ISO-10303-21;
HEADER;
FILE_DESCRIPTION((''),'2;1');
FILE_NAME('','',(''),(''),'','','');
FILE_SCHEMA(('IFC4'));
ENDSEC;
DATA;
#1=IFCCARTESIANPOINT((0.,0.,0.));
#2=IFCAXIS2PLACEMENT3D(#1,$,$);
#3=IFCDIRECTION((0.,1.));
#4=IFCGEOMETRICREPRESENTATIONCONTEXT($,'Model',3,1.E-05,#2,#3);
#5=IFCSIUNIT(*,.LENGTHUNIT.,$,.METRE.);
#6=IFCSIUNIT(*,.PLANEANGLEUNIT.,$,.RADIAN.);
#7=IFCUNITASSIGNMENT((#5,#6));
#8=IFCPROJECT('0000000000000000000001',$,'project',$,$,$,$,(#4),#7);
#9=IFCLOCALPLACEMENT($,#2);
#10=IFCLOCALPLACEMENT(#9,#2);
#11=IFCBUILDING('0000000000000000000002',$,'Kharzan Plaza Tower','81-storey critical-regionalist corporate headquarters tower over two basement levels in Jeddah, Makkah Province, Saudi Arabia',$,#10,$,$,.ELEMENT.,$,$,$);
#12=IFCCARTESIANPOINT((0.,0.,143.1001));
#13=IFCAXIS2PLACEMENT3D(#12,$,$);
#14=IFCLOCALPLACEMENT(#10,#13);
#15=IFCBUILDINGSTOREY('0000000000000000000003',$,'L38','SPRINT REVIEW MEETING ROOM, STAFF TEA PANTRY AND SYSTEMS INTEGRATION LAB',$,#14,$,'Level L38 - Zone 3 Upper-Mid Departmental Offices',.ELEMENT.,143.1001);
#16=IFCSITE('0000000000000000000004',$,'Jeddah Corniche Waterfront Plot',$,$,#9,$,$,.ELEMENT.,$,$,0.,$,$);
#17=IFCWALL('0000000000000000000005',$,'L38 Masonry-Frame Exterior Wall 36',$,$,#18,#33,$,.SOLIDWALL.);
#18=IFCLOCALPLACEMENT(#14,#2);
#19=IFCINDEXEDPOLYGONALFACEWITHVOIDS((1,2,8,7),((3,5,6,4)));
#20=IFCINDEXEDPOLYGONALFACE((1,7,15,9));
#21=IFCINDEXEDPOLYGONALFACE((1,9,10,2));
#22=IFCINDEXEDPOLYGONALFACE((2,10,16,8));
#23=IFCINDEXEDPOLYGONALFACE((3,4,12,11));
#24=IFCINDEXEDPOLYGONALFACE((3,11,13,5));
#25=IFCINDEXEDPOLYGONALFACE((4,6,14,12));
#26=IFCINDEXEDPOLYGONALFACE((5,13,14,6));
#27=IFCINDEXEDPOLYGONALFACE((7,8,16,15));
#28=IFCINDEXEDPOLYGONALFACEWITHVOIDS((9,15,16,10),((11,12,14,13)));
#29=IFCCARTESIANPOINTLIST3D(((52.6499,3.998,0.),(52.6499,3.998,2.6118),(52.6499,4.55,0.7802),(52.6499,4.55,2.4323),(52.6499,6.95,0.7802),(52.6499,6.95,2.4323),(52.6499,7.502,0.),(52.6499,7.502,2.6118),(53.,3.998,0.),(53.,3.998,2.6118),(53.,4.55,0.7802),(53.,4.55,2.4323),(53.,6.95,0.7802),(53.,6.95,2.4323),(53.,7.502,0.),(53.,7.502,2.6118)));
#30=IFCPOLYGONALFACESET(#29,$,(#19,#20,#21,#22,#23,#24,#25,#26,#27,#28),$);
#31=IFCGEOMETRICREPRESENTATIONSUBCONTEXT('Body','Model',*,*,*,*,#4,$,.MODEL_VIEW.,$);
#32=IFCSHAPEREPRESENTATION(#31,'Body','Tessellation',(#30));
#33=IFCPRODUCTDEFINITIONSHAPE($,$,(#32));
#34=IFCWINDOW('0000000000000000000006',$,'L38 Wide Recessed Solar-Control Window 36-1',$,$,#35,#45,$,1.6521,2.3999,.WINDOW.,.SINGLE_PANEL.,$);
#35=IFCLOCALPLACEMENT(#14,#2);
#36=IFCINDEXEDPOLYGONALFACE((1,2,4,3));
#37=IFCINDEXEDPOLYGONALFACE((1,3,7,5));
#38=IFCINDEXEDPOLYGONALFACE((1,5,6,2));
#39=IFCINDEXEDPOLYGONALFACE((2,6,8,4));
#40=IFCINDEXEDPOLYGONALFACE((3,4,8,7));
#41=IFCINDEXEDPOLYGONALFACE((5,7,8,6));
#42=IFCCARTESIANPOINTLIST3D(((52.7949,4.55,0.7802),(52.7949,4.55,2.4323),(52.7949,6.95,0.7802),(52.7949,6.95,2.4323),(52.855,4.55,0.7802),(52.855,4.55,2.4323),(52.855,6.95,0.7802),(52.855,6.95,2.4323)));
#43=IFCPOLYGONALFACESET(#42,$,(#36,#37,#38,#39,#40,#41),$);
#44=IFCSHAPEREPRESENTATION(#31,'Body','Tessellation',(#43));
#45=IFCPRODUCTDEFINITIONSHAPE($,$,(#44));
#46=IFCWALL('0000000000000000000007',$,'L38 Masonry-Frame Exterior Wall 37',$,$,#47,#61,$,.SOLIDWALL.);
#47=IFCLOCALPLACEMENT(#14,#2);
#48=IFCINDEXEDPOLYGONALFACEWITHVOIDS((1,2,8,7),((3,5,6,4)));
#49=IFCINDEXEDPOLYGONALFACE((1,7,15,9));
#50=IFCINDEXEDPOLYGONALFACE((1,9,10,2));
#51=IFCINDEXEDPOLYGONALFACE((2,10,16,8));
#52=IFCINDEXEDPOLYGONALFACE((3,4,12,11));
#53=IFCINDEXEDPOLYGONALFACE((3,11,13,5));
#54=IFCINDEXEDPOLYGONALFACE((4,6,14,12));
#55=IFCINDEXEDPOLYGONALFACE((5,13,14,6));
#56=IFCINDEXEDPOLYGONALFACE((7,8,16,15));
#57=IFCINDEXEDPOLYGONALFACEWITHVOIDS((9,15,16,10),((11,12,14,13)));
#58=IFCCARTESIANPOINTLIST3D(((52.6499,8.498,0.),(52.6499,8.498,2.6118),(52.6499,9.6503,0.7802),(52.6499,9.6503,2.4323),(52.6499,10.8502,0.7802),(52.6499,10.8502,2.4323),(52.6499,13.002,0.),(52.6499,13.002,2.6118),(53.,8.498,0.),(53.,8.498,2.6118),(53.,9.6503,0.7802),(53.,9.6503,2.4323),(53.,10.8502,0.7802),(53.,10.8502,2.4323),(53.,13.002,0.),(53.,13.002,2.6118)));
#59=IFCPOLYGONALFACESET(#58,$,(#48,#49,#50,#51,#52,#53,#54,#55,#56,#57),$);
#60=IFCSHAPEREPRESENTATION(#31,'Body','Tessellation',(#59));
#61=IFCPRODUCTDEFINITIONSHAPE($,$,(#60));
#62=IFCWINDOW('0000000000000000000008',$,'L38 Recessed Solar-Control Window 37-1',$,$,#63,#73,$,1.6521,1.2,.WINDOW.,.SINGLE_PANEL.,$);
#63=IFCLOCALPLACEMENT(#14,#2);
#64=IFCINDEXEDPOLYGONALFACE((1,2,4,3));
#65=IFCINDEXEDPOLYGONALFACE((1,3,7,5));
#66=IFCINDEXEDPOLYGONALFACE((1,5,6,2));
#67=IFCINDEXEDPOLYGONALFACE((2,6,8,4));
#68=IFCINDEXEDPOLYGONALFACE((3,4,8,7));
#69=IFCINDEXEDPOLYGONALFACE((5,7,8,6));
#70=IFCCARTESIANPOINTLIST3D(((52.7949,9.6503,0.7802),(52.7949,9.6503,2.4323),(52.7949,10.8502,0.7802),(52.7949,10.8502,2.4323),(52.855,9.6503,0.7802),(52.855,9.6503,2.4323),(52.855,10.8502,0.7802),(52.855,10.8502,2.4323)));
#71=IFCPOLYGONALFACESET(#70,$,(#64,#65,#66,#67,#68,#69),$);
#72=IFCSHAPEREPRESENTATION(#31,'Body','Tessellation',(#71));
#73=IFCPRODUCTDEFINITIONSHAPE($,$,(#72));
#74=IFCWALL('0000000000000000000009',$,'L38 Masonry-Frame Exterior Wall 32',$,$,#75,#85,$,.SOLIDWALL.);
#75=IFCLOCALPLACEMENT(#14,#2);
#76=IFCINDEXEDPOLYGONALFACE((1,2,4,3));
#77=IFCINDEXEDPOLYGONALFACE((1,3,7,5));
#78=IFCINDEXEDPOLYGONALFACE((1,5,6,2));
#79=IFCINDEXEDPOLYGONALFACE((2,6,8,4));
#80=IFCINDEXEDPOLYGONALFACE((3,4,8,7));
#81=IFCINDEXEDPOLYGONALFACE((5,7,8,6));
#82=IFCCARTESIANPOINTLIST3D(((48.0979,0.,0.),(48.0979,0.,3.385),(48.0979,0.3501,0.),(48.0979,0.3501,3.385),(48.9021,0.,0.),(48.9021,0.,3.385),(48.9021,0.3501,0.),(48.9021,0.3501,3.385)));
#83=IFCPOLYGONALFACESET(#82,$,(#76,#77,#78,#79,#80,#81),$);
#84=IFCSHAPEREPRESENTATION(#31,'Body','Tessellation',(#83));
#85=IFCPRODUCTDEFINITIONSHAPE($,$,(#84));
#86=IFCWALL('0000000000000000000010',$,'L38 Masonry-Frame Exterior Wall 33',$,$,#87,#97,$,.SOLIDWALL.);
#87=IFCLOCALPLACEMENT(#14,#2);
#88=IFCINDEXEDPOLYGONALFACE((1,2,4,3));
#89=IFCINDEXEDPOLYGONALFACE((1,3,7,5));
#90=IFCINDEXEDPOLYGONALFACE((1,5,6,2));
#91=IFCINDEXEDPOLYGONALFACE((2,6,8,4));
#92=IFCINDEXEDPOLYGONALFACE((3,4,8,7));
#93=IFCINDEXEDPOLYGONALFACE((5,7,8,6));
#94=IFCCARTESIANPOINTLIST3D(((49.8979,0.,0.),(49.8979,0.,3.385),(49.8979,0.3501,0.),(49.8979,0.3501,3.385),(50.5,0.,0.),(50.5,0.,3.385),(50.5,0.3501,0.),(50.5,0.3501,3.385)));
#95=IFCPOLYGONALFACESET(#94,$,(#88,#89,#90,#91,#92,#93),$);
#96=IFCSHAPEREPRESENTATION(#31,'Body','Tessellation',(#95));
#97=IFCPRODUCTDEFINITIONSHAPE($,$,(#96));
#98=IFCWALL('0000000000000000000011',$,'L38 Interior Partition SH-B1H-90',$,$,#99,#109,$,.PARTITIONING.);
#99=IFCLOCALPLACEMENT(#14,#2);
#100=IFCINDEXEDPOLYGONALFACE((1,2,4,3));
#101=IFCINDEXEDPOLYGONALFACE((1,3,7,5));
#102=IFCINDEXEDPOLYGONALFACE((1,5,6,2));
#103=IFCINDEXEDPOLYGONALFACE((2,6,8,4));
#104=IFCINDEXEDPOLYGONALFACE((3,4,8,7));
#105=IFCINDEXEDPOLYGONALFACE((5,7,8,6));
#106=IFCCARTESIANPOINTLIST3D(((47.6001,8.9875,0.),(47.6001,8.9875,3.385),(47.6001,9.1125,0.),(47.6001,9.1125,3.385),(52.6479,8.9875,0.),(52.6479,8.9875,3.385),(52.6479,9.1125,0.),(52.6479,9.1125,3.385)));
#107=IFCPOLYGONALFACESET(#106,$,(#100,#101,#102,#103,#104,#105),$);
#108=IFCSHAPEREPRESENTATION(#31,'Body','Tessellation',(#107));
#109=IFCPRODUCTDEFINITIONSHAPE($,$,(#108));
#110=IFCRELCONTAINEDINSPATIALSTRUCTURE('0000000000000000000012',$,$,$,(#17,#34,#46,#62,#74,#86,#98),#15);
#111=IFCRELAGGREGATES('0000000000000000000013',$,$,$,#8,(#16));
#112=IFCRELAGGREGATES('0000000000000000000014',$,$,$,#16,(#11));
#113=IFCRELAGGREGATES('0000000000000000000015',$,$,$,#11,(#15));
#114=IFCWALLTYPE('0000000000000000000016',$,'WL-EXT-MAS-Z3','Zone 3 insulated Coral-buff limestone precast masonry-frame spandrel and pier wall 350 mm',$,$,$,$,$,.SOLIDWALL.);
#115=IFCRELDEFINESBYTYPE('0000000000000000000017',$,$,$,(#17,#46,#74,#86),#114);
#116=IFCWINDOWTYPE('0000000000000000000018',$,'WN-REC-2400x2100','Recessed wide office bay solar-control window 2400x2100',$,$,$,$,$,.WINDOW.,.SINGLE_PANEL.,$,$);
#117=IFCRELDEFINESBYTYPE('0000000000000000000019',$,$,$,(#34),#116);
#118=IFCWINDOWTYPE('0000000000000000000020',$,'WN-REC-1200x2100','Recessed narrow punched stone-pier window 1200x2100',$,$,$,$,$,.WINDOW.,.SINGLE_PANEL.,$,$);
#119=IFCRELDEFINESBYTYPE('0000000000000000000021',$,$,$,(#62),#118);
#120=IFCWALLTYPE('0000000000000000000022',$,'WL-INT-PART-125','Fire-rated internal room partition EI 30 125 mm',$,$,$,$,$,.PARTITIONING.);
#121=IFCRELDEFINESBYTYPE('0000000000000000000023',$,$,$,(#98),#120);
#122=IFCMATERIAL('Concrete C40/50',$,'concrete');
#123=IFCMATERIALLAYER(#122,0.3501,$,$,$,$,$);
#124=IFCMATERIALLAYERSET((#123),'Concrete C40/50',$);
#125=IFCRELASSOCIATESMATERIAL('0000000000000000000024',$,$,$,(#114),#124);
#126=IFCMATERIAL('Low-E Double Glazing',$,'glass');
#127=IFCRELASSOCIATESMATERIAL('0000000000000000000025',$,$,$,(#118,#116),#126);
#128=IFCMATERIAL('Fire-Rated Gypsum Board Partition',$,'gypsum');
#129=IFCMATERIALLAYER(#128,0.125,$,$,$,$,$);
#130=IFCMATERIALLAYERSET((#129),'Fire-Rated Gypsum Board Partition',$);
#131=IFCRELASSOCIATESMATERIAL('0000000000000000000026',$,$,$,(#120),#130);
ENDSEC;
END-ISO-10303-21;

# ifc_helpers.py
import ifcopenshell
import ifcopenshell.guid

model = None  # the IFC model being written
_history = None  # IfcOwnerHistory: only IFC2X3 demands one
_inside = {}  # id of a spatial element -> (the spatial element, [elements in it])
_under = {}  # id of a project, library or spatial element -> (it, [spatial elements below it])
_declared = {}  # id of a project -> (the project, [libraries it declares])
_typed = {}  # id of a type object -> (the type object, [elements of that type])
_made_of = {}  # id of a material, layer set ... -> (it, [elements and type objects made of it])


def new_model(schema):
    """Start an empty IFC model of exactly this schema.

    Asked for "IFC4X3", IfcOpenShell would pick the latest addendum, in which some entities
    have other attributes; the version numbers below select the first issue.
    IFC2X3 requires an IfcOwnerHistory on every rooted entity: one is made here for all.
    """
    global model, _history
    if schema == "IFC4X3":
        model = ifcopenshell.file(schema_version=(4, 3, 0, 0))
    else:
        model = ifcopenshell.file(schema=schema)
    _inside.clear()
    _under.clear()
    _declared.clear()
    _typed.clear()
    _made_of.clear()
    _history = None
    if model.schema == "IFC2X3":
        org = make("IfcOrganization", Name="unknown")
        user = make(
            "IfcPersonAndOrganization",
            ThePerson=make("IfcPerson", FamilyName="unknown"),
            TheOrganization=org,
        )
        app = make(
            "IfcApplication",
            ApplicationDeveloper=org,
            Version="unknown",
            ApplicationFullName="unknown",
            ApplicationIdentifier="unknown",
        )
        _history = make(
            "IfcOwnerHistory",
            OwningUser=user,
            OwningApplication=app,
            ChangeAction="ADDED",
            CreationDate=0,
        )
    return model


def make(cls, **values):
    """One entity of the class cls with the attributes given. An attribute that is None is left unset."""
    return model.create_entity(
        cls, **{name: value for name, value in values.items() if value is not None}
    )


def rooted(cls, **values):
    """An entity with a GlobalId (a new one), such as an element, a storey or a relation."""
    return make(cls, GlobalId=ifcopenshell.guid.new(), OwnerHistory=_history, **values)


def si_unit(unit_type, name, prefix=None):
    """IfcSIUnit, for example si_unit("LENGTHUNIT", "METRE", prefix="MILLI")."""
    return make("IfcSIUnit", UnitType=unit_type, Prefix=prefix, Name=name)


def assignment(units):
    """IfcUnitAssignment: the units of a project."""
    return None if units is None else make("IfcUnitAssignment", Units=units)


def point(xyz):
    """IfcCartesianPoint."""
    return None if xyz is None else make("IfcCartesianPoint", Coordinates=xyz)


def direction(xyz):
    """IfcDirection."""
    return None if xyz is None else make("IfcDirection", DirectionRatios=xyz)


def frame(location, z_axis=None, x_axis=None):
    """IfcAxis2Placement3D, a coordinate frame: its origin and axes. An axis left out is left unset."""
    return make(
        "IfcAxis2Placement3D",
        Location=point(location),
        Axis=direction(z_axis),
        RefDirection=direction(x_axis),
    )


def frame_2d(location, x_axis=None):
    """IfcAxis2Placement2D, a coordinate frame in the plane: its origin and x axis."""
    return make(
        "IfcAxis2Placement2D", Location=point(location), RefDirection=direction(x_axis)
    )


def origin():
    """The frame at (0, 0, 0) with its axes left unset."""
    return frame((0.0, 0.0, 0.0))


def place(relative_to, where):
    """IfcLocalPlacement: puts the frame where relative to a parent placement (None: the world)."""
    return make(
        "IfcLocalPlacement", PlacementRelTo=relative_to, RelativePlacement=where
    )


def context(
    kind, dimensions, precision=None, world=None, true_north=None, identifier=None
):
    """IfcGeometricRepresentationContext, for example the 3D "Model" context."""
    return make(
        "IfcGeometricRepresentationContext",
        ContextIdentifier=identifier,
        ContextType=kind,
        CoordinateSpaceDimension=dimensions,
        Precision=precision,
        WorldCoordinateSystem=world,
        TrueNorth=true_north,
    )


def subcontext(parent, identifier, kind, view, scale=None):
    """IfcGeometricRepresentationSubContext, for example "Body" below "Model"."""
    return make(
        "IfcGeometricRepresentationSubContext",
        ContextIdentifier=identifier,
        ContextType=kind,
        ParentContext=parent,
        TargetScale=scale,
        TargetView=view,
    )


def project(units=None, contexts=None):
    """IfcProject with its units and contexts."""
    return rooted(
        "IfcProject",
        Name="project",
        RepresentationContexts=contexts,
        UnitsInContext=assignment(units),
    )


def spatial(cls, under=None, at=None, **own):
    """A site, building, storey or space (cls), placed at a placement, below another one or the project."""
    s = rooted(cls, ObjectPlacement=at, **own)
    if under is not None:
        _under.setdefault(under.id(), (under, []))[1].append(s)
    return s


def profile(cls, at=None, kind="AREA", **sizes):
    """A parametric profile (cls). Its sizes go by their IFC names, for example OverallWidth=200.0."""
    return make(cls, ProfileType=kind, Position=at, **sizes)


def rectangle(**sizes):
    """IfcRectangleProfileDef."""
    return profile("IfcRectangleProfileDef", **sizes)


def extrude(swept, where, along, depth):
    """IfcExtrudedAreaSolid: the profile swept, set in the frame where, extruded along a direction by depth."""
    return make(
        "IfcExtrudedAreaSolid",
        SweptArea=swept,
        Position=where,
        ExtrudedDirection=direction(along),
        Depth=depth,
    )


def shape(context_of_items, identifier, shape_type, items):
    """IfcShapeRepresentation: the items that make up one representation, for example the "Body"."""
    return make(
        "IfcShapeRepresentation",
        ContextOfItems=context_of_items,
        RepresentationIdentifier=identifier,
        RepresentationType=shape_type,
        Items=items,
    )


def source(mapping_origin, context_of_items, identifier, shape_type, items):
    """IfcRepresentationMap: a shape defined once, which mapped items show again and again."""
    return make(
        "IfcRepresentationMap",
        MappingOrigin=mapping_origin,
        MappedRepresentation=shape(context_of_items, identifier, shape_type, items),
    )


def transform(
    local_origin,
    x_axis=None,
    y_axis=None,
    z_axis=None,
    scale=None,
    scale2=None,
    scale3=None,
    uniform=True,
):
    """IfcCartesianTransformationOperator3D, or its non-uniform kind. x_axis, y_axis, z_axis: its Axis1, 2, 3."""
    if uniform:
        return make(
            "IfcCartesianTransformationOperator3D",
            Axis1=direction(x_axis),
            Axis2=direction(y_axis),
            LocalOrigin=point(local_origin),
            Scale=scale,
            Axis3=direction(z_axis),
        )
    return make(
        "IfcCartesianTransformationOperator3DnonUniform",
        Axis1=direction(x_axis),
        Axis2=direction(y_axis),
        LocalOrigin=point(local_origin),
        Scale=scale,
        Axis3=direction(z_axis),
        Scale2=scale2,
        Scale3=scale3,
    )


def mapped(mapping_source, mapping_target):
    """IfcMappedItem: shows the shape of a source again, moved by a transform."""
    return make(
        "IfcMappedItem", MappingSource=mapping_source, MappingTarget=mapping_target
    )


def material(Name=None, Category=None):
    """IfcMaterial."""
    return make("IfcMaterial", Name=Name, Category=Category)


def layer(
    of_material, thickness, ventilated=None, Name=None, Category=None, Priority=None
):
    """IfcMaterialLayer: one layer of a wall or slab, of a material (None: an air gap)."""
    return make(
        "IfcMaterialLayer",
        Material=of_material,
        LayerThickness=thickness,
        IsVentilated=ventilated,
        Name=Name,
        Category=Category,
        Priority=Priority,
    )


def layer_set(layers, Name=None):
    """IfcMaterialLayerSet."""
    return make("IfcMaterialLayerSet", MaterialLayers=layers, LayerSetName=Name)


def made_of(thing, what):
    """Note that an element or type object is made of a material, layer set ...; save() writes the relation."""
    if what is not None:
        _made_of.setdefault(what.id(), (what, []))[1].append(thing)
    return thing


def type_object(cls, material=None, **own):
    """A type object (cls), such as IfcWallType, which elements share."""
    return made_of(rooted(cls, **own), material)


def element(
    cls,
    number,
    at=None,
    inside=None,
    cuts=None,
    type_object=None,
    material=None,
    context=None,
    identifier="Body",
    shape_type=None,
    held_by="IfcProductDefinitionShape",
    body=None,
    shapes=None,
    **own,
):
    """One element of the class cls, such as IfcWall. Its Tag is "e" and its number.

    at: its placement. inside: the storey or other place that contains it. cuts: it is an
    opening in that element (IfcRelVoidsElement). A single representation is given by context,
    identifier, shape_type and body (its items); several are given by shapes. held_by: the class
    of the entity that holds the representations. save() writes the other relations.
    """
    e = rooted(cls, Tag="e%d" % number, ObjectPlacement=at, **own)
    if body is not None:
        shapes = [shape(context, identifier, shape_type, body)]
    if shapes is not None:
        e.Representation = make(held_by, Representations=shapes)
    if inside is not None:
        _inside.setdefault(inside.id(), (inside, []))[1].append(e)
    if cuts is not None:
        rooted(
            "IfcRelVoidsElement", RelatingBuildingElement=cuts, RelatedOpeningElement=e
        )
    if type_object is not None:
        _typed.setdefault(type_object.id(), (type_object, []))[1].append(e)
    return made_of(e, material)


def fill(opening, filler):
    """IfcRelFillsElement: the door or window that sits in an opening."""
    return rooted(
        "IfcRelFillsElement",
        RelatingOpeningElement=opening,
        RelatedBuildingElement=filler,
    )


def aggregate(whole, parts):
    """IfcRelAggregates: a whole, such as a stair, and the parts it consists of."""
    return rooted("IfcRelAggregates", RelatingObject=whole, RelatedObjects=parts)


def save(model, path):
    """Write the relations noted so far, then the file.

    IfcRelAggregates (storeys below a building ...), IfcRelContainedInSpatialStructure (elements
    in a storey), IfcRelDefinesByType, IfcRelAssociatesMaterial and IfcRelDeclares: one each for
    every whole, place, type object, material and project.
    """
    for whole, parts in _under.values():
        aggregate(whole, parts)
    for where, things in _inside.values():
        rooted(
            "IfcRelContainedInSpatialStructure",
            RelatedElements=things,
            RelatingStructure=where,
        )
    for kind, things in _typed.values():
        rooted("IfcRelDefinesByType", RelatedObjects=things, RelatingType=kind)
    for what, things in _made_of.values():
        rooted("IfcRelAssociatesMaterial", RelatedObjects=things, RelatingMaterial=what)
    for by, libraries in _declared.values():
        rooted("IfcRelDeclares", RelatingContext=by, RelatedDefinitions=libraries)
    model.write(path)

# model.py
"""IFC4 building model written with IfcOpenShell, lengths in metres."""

from ifc_helpers import new_model, si_unit, direction, frame, frame_2d, origin, place, context, subcontext, project, spatial, rectangle, extrude, source, transform, mapped, material, layer, layer_set, type_object, element, fill, save


model = new_model("IFC4")

# Units and contexts
model_context = context("Model", 3, precision=1e-05, world=origin(), true_north=direction((0.0, 1.0)))
body_context = subcontext(model_context, "Body", "Model", "MODEL_VIEW")
ifc_project = project(units=[si_unit("LENGTHUNIT", "METRE"), si_unit("PLANEANGLEUNIT", "RADIAN")], contexts=[model_context])

# Site, building, storey
site_placement = place(None, origin())
site = spatial("IfcSite", under=ifc_project, at=site_placement, Name="Jeddah Corniche Waterfront Plot", CompositionType="ELEMENT", RefElevation=0.0)
building_placement = place(site_placement, origin())
building = spatial("IfcBuilding", under=site, at=building_placement, Name="Kharzan Plaza Tower", Description="81-storey critical-regionalist corporate headquarters tower over two basement levels in Jeddah, Makkah Province, Saudi Arabia", CompositionType="ELEMENT")
storey_placement = place(building_placement, frame((0.0, 0.0, 143.1001)))
storey = spatial("IfcBuildingStorey", under=building, at=storey_placement, Name="L38", Description="SPRINT REVIEW MEETING ROOM, STAFF TEA PANTRY AND SYSTEMS INTEGRATION LAB", LongName="Level L38 - Zone 3 Upper-Mid Departmental Offices", CompositionType="ELEMENT", Elevation=143.1001)

# Walls, openings, windows
ifc_material_1 = material(Name="Concrete C40/50", Category="concrete")
ifc_layer_1 = layer(ifc_material_1, 0.3501)
ifc_layer_set_1 = layer_set([ifc_layer_1], Name="Concrete C40/50")
wall_type_1 = type_object("IfcWallType", Name="WL-EXT-MAS-Z3", Description="Zone 3 insulated Coral-buff limestone precast masonry-frame spandrel and pier wall 350 mm", PredefinedType="SOLIDWALL", material=ifc_layer_set_1)
ifc_material_2 = material(Name="Low-E Double Glazing", Category="glass")
window_type_1 = type_object("IfcWindowType", Name="WN-REC-1200x2100", Description="Recessed narrow punched stone-pier window 1200x2100", PartitioningType="SINGLE_PANEL", PredefinedType="WINDOW", material=ifc_material_2)
wall_1_placement = place(storey_placement, frame((52.825, 3.998, 0.0), z_axis=(0.0, 0.0, 1.0), x_axis=(0.0, 1.0, 0.0)))
wall_1 = element("IfcWall", 1, at=wall_1_placement, inside=storey, type_object=wall_type_1, Name="L38 Masonry-Frame Exterior Wall 36", PredefinedType="SOLIDWALL", context=body_context, shape_type="SweptSolid", body=[
    extrude(rectangle(XDim=3.5039, YDim=0.3501, at=frame_2d((1.752, 0.0))), origin(), (0.0, 0.0, 1.0), 2.6118),
])
opening_1_placement = place(wall_1_placement, frame((0.552, 0.0, 0.78)))
opening_1 = element("IfcOpeningElement", 2, at=opening_1_placement, cuts=wall_1, PredefinedType="OPENING", context=body_context, shape_type="SweptSolid", body=[
    extrude(rectangle(XDim=2.3999, YDim=1.6521, at=frame_2d((1.2, 0.8262))), frame((0.0, 0.1851, 0.0), z_axis=(0.0, -1.0, 0.0), x_axis=(1.0, 0.0, 0.0)), (0.0, 0.0, 1.0), 0.3701),
])
window_type_2 = type_object("IfcWindowType", Name="WN-REC-2400x2100", Description="Recessed wide office bay solar-control window 2400x2100", PartitioningType="SINGLE_PANEL", PredefinedType="WINDOW", material=ifc_material_2)
shared_shape_1 = source(origin(), body_context, "Body", "SweptSolid", [
    extrude(rectangle(XDim=2.3999, YDim=1.6521, at=frame_2d((1.2, 0.8262))), frame((0.0, 0.03, 0.0), z_axis=(0.0, -1.0, 0.0), x_axis=(1.0, 0.0, 0.0)), (0.0, 0.0, 1.0), 0.0601),
])
window_1_placement = place(opening_1_placement, origin())
window_1 = element("IfcWindow", 3, at=window_1_placement, inside=storey, type_object=window_type_2, Name="L38 Wide Recessed Solar-Control Window 36-1", OverallHeight=1.6521, OverallWidth=2.3999, PartitioningType="SINGLE_PANEL", PredefinedType="WINDOW", context=body_context, shape_type="MappedRepresentation", body=[
    mapped(shared_shape_1, transform((0.0, 0.0, 0.0), x_axis=(1.0, 0.0, 0.0), y_axis=(0.0, 1.0, 0.0), z_axis=(0.0, 0.0, 1.0))),
])
fill(opening_1, window_1)
wall_2_placement = place(storey_placement, frame((52.825, 8.498, 0.0), z_axis=(0.0, 0.0, 1.0), x_axis=(0.0, 1.0, 0.0)))
wall_2 = element("IfcWall", 4, at=wall_2_placement, inside=storey, type_object=wall_type_1, Name="L38 Masonry-Frame Exterior Wall 37", PredefinedType="SOLIDWALL", context=body_context, shape_type="SweptSolid", body=[
    extrude(rectangle(XDim=4.5039, YDim=0.3501, at=frame_2d((2.252, 0.0))), origin(), (0.0, 0.0, 1.0), 2.6118),
])
opening_2_placement = place(wall_2_placement, frame((1.1521, 0.0, 0.78)))
opening_2 = element("IfcOpeningElement", 5, at=opening_2_placement, cuts=wall_2, PredefinedType="OPENING", context=body_context, shape_type="SweptSolid", body=[
    extrude(rectangle(XDim=1.2, YDim=1.6521, at=frame_2d((0.6001, 0.8262))), frame((0.0, 0.1851, 0.0), z_axis=(0.0, -1.0, 0.0), x_axis=(1.0, 0.0, 0.0)), (0.0, 0.0, 1.0), 0.3701),
])
shared_shape_2 = source(origin(), body_context, "Body", "SweptSolid", [
    extrude(rectangle(XDim=1.2, YDim=1.6521, at=frame_2d((0.6001, 0.8262))), frame((0.0, 0.03, 0.0), z_axis=(0.0, -1.0, 0.0), x_axis=(1.0, 0.0, 0.0)), (0.0, 0.0, 1.0), 0.0601),
])
window_2_placement = place(opening_2_placement, origin())
window_2 = element("IfcWindow", 6, at=window_2_placement, inside=storey, type_object=window_type_1, Name="L38 Recessed Solar-Control Window 37-1", OverallHeight=1.6521, OverallWidth=1.2, PartitioningType="SINGLE_PANEL", PredefinedType="WINDOW", context=body_context, shape_type="MappedRepresentation", body=[
    mapped(shared_shape_2, transform((0.0, 0.0, 0.0), x_axis=(1.0, 0.0, 0.0), y_axis=(0.0, 1.0, 0.0), z_axis=(0.0, 0.0, 1.0))),
])
fill(opening_2, window_2)

# Shared definitions
ifc_material_3 = material(Name="Fire-Rated Gypsum Board Partition", Category="gypsum")
ifc_layer_2 = layer(ifc_material_3, 0.125)
ifc_layer_set_2 = layer_set([ifc_layer_2], Name="Fire-Rated Gypsum Board Partition")
wall_type_2 = type_object("IfcWallType", Name="WL-INT-PART-125", Description="Fire-rated internal room partition EI 30 125 mm", PredefinedType="PARTITIONING", material=ifc_layer_set_2)

# Walls
shared_shape_3 = source(origin(), body_context, "Body", "SweptSolid", [
    extrude(rectangle(XDim=0.8042, YDim=0.3501, at=frame_2d((0.4021, 0.0))), origin(), (0.0, 0.0, 1.0), 3.385),
])
wall_3_placement = place(storey_placement, frame((48.0979, 0.175, 0.0), z_axis=(0.0, 0.0, 1.0), x_axis=(1.0, 0.0, 0.0)))
element("IfcWall", 7, at=wall_3_placement, inside=storey, type_object=wall_type_1, Name="L38 Masonry-Frame Exterior Wall 32", PredefinedType="SOLIDWALL", context=body_context, shape_type="MappedRepresentation", body=[
    mapped(shared_shape_3, transform((0.0, 0.0, 0.0), x_axis=(1.0, 0.0, 0.0), y_axis=(0.0, 1.0, 0.0), z_axis=(0.0, 0.0, 1.0))),
])
shared_shape_4 = source(origin(), body_context, "Body", "SweptSolid", [
    extrude(rectangle(XDim=0.6021, YDim=0.3501, at=frame_2d((0.301, 0.0))), origin(), (0.0, 0.0, 1.0), 3.385),
])
wall_4_placement = place(storey_placement, frame((49.8979, 0.175, 0.0), z_axis=(0.0, 0.0, 1.0), x_axis=(1.0, 0.0, 0.0)))
element("IfcWall", 8, at=wall_4_placement, inside=storey, type_object=wall_type_1, Name="L38 Masonry-Frame Exterior Wall 33", PredefinedType="SOLIDWALL", context=body_context, shape_type="MappedRepresentation", body=[
    mapped(shared_shape_4, transform((0.0, 0.0, 0.0), x_axis=(1.0, 0.0, 0.0), y_axis=(0.0, 1.0, 0.0), z_axis=(0.0, 0.0, 1.0))),
])
shared_shape_5 = source(origin(), body_context, "Body", "SweptSolid", [
    extrude(rectangle(XDim=5.0479, YDim=0.125, at=frame_2d((2.5239, 0.0))), origin(), (0.0, 0.0, 1.0), 3.385),
])
wall_5_placement = place(storey_placement, frame((47.6001, 9.05, 0.0), z_axis=(0.0, 0.0, 1.0), x_axis=(1.0, 0.0, 0.0)))
element("IfcWall", 9, at=wall_5_placement, inside=storey, type_object=wall_type_2, Name="L38 Interior Partition SH-B1H-90", PredefinedType="PARTITIONING", context=body_context, shape_type="MappedRepresentation", body=[
    mapped(shared_shape_5, transform((0.0, 0.0, 0.0), x_axis=(1.0, 0.0, 0.0), y_axis=(0.0, 1.0, 0.0), z_axis=(0.0, 0.0, 1.0))),
])

save(model, "model.ifc")
